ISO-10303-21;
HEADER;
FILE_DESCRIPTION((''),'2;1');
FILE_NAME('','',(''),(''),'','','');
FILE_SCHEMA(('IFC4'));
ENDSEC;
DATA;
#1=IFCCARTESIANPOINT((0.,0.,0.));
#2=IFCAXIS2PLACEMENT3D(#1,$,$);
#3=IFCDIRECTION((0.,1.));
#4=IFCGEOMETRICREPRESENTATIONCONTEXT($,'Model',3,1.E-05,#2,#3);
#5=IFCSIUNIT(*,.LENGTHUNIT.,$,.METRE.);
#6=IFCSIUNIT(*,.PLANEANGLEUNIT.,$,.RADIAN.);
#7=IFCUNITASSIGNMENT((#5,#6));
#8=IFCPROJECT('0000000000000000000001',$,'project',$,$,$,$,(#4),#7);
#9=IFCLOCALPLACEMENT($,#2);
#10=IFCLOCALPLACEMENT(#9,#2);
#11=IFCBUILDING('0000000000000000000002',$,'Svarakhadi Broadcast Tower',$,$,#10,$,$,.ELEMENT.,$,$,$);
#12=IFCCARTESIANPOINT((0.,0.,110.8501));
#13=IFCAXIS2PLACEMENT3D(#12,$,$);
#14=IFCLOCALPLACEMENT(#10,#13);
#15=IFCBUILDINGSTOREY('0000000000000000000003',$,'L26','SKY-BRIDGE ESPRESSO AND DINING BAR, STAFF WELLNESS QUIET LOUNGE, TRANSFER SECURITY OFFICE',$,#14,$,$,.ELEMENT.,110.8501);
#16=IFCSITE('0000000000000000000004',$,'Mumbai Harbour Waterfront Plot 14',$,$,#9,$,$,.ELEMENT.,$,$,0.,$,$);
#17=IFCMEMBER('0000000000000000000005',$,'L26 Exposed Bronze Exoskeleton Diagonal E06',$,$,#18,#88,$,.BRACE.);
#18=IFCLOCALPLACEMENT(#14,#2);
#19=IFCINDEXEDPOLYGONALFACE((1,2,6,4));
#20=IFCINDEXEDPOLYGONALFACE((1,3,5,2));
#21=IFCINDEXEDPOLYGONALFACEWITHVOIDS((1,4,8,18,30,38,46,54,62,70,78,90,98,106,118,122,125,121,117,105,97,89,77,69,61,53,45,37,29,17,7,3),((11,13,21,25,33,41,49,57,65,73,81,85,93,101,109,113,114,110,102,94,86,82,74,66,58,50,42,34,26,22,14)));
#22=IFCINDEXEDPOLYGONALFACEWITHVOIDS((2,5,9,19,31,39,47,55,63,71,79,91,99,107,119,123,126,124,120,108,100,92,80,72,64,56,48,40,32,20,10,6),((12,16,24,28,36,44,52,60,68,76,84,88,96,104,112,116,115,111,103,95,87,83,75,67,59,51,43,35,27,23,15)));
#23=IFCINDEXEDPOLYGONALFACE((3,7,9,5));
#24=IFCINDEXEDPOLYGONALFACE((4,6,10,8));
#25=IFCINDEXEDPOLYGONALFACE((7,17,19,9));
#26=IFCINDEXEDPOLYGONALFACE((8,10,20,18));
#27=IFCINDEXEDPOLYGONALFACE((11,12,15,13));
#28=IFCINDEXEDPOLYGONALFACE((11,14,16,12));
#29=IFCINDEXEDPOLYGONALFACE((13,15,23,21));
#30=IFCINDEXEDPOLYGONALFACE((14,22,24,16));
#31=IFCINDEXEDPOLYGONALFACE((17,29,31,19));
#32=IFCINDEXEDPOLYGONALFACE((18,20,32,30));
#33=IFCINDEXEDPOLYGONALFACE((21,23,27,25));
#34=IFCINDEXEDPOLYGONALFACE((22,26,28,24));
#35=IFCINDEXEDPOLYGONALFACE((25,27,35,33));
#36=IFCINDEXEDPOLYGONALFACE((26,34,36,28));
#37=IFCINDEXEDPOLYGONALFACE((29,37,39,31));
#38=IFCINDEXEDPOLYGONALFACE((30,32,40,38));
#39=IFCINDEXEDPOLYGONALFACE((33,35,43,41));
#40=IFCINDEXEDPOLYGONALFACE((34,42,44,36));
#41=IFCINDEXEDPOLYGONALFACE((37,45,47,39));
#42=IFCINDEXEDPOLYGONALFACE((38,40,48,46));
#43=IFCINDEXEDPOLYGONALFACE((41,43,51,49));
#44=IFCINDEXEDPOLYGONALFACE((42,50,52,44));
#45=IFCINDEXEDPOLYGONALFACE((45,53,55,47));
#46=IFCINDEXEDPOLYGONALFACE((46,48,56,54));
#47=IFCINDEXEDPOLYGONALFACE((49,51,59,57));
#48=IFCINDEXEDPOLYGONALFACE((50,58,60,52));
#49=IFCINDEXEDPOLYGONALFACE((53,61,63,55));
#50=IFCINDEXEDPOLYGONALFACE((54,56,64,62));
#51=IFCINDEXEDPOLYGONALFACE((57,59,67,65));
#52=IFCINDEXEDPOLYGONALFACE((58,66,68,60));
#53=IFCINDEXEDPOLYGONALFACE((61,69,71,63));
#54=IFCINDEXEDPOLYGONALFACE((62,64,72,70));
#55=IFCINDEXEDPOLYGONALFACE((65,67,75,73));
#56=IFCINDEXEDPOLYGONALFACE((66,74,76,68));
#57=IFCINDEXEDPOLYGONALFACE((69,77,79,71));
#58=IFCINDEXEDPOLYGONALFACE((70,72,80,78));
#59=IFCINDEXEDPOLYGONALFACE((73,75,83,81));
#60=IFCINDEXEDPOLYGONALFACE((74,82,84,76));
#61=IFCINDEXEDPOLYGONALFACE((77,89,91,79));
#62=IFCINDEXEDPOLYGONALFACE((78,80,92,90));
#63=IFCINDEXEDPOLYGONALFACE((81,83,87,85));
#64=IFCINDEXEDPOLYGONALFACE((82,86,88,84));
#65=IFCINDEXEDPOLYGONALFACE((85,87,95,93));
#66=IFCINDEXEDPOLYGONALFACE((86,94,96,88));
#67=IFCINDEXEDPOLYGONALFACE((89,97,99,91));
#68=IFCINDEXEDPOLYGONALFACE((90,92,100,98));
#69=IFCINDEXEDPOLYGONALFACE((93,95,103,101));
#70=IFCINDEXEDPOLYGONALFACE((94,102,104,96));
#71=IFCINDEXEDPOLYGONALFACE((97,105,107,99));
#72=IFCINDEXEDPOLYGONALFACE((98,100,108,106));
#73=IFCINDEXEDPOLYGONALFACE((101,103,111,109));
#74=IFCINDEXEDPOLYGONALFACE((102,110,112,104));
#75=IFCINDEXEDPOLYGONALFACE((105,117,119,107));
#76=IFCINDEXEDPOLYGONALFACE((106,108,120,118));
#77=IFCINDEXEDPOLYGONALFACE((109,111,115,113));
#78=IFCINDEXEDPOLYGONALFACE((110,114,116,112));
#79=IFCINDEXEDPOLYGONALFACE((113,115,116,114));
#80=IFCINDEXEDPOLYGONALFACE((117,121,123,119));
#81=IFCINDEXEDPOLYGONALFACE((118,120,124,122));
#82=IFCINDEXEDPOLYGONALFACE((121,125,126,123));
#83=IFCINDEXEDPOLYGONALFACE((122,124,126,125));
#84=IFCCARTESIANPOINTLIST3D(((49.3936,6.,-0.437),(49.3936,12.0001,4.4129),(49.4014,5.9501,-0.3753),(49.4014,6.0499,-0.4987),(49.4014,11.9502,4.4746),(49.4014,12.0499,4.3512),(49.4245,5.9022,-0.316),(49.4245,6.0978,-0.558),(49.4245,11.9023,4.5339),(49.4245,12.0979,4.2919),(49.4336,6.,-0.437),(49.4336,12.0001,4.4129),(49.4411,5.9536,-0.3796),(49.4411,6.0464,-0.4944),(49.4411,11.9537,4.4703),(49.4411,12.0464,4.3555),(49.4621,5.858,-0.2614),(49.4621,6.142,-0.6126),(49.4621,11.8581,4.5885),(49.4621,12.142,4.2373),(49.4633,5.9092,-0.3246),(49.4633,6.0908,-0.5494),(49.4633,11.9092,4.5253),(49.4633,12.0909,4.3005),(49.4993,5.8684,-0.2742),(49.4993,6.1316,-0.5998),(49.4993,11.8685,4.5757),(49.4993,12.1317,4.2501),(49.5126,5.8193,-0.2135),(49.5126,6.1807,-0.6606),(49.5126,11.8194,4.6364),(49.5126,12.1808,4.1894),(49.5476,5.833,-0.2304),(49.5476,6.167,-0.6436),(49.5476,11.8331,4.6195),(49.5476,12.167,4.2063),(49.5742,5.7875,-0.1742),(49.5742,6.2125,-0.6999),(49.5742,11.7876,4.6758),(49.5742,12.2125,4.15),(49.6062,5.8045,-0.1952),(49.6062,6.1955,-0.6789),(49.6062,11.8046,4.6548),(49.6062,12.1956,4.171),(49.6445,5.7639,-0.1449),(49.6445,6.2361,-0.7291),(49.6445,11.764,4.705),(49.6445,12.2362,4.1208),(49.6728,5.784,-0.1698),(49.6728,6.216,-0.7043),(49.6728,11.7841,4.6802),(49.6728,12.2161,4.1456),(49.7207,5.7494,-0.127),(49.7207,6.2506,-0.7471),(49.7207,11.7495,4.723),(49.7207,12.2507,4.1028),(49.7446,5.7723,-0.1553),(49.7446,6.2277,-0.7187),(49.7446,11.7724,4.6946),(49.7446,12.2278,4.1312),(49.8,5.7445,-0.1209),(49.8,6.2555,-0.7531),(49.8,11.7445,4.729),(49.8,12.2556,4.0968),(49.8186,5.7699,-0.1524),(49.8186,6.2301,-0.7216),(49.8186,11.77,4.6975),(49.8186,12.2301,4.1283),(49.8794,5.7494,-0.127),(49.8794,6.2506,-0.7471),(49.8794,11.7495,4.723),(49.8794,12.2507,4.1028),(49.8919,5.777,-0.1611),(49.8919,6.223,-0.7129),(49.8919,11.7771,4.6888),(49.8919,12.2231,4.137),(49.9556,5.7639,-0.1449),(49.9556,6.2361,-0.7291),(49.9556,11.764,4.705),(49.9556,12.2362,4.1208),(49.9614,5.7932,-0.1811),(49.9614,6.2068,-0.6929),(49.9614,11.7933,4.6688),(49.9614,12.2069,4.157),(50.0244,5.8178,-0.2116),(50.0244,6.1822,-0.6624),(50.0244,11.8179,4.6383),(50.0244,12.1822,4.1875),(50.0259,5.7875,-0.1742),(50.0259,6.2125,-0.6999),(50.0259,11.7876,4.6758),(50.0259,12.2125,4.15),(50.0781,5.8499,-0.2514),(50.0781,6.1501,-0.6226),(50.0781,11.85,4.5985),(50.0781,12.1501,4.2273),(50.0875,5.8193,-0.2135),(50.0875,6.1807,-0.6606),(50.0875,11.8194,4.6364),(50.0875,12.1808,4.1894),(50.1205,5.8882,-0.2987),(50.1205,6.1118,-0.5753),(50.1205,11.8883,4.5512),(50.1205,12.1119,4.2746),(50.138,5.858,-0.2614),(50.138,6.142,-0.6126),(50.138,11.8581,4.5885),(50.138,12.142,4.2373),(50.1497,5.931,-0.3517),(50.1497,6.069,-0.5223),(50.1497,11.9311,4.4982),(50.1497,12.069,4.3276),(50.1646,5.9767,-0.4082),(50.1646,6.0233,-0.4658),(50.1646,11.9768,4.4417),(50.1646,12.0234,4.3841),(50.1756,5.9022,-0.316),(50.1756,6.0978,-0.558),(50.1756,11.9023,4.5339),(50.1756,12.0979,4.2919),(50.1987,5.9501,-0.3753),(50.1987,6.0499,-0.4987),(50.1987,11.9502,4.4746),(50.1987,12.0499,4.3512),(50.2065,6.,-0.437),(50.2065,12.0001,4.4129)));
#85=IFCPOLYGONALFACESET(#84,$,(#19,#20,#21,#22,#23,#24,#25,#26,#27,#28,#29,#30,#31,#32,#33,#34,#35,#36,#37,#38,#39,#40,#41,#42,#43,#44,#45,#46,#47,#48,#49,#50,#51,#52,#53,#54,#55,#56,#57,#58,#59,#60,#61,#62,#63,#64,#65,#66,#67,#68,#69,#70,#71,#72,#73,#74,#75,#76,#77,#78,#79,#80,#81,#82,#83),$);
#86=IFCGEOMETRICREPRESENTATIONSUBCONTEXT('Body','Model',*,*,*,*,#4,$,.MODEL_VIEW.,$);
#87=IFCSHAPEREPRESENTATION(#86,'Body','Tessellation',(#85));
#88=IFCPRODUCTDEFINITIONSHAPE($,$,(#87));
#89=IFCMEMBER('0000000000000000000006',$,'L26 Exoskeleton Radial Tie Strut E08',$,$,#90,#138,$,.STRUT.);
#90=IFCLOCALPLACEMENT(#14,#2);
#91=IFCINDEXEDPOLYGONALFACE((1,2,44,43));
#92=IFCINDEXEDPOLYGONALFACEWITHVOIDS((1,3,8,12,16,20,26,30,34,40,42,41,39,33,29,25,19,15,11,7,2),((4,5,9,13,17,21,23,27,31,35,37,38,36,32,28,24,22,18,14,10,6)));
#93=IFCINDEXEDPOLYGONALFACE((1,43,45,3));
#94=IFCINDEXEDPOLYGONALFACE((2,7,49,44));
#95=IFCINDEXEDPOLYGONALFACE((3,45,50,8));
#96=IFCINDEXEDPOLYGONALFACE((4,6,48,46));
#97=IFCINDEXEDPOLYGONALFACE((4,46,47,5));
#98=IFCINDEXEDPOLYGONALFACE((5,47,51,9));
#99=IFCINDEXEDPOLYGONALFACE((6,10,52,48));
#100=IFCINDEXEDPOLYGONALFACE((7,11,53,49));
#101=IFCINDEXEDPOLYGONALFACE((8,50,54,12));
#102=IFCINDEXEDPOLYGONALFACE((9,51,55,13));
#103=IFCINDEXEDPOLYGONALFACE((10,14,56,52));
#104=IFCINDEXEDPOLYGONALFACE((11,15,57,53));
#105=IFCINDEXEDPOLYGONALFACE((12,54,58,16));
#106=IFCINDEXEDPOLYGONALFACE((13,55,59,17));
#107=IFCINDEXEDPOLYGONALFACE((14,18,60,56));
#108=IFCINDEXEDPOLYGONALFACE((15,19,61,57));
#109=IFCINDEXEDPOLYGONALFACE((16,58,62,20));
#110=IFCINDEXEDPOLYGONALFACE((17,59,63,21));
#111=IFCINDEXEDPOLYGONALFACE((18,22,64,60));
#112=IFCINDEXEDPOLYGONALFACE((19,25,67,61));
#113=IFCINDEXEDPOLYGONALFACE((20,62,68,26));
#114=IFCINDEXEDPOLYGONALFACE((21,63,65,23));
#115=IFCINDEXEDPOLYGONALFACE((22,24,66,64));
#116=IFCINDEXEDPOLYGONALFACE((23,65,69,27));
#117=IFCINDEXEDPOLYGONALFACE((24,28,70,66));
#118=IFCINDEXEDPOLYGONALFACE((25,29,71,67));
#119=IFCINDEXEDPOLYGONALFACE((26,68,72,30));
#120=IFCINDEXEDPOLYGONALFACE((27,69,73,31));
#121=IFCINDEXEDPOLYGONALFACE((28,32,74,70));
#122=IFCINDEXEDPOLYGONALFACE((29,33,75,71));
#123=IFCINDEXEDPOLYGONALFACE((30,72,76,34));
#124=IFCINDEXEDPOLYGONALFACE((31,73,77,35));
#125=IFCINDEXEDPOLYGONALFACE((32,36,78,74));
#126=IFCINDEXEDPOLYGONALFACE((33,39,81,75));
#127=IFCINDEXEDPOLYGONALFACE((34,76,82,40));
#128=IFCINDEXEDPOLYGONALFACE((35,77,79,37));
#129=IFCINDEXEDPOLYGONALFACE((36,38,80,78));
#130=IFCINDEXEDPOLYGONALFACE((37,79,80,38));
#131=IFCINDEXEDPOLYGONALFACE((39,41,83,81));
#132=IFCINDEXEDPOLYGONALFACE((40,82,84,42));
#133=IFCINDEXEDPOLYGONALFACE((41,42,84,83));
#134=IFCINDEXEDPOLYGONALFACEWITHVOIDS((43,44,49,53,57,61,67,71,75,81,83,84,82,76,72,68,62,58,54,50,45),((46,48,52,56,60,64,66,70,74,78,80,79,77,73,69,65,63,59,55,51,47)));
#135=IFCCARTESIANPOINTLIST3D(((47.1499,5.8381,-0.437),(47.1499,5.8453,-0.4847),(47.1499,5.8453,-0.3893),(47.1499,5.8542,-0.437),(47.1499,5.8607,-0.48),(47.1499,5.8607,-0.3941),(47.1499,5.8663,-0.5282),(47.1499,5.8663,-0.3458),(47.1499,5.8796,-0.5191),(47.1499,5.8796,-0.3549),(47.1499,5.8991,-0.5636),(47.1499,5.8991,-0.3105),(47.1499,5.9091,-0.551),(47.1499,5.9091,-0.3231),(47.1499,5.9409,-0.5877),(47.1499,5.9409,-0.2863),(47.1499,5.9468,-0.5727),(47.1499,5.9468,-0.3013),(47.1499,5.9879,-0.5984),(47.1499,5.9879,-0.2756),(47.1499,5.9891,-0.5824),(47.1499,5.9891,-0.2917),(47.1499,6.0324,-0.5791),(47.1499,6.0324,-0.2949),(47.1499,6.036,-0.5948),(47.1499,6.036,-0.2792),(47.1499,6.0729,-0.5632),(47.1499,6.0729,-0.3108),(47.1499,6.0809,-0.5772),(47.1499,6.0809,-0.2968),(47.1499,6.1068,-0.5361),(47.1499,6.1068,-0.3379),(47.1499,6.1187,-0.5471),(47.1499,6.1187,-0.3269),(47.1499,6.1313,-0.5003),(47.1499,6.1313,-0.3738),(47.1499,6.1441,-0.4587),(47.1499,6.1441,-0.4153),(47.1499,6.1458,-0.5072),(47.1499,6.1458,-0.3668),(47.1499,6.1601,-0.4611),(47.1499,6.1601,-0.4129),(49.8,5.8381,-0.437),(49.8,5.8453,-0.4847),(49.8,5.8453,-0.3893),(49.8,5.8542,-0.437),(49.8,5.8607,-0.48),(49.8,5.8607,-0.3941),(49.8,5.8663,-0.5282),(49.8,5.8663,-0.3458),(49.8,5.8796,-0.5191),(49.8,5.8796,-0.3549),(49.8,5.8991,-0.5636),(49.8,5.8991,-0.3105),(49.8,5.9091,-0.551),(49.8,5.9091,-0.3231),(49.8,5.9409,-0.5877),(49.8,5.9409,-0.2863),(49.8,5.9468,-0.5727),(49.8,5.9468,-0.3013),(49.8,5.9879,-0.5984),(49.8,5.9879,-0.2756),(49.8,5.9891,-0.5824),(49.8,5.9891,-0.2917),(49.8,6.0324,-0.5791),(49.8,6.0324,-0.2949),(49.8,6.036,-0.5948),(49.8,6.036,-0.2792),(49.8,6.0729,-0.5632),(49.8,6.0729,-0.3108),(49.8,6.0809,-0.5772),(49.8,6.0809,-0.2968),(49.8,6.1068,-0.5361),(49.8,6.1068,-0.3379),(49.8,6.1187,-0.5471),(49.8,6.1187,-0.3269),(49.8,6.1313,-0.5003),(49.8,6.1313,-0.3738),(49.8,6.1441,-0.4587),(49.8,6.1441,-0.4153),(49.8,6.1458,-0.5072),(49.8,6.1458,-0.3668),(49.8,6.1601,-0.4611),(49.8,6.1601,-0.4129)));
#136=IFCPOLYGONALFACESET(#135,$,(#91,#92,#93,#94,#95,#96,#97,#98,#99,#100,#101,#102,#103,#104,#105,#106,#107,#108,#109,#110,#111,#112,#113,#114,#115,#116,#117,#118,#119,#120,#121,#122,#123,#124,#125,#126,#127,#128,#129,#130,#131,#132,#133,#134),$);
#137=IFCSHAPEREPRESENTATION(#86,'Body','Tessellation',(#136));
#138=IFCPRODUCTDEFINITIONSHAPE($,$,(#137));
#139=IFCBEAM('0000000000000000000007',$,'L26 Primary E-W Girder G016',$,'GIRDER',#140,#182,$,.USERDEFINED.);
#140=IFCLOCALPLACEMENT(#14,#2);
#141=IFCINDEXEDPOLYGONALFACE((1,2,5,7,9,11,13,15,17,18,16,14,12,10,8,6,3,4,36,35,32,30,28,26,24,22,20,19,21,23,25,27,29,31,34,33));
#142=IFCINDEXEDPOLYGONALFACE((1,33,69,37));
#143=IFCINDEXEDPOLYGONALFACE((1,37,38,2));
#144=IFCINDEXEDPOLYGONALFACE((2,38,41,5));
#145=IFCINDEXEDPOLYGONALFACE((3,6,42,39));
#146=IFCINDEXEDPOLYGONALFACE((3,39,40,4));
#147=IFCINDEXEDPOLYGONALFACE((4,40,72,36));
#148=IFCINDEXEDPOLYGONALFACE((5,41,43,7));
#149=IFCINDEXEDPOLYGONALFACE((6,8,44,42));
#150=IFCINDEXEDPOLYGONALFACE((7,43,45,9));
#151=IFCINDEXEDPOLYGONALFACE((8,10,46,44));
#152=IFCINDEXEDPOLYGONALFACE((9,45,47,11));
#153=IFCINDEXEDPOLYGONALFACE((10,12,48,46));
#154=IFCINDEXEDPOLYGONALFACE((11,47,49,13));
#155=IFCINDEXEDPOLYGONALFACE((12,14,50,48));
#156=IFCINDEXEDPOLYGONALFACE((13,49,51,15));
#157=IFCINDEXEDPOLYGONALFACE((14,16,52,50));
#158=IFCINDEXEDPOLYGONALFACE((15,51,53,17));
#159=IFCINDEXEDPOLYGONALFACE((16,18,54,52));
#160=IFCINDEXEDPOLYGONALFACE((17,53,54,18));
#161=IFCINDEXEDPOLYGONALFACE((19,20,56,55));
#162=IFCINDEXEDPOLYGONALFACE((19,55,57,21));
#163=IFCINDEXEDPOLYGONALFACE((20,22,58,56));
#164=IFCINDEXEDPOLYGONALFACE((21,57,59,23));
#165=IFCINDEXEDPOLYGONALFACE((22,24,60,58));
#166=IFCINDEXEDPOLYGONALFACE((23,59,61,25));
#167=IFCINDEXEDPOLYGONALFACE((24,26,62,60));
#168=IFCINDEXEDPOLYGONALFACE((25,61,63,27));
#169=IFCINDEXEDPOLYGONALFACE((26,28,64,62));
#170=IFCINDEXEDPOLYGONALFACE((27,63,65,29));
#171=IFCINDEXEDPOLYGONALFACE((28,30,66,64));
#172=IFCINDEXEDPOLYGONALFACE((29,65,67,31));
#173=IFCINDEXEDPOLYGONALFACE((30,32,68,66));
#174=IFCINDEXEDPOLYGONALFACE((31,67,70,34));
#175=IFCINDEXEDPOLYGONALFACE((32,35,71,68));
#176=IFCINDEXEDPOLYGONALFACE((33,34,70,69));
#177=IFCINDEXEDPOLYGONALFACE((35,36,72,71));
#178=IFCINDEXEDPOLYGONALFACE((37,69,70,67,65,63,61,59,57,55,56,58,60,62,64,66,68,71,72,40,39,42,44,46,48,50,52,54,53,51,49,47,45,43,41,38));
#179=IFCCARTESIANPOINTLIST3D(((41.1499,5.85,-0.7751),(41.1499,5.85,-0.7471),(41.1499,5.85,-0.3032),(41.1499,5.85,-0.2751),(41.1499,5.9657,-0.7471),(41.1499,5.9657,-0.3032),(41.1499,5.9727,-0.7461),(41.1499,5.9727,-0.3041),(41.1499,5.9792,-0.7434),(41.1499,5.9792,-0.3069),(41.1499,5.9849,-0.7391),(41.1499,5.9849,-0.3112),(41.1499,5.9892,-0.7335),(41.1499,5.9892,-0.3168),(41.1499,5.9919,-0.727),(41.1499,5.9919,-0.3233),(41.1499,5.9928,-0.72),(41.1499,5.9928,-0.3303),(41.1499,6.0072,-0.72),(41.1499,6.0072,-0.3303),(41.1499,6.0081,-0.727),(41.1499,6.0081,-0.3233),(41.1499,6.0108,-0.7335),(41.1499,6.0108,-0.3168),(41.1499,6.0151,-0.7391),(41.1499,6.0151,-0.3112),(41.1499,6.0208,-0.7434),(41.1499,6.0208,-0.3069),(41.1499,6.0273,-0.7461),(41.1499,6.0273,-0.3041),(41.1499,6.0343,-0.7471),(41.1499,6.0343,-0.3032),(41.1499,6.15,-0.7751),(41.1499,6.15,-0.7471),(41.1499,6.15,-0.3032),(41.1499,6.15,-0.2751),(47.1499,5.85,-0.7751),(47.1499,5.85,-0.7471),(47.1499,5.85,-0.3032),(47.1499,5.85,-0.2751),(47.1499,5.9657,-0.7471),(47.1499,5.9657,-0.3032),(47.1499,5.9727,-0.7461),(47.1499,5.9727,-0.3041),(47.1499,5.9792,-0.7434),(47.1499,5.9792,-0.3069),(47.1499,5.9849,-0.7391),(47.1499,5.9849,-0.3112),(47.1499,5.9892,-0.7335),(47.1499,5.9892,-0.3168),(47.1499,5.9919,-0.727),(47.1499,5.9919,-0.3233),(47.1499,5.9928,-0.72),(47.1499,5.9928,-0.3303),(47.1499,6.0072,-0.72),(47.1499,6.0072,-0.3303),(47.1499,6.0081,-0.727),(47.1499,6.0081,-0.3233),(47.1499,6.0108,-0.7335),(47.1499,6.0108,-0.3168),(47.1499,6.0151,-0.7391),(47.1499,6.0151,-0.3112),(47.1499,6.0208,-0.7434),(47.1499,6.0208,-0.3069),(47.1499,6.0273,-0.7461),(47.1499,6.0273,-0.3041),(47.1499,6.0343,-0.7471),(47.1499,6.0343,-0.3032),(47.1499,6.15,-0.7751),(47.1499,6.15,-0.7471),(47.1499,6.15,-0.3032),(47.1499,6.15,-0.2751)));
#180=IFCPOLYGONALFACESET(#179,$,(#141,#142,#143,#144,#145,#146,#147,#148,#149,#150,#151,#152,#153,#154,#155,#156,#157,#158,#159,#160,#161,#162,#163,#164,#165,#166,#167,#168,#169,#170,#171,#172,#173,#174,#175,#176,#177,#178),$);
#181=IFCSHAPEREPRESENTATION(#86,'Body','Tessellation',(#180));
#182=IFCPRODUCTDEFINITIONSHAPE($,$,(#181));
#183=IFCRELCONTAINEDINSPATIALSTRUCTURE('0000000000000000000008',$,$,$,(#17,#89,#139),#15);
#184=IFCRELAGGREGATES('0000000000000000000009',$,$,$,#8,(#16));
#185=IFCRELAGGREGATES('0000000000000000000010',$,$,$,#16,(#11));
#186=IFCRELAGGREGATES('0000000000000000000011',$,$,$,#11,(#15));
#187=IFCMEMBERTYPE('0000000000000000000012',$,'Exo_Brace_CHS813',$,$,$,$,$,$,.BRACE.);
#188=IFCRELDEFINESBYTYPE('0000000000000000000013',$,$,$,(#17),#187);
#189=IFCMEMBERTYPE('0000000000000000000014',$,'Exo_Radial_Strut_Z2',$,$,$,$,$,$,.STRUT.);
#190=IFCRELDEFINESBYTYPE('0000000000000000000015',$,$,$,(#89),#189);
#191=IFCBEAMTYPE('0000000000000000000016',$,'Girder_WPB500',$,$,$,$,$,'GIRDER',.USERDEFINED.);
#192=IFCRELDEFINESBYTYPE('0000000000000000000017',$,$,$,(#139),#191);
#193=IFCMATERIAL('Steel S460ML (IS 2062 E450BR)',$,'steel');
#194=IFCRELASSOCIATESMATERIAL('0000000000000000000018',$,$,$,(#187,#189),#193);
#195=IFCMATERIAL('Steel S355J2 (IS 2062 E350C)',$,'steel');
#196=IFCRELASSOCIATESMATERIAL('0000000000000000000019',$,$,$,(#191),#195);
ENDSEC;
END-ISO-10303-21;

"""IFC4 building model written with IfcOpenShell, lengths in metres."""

from ifc_helpers import new_model, si_unit, direction, frame, origin, origin_2d, place, context, subcontext, project, spatial, hollow_circle, i_section, extrude, material, material_profile, profile_set, type_object, element, save


model = new_model("IFC4")

# Units and contexts
model_context = context("Model", 3, precision=1e-05, world=origin(), true_north=direction((0.0, 1.0)))
body_context = subcontext(model_context, "Body", "Model", "MODEL_VIEW")
ifc_project = project(units=[si_unit("LENGTHUNIT", "METRE"), si_unit("PLANEANGLEUNIT", "RADIAN")], contexts=[model_context])

# Site, building, storey
site_placement = place(None, origin())
site = spatial("IfcSite", under=ifc_project, at=site_placement, Name="Mumbai Harbour Waterfront Plot 14", CompositionType="ELEMENT", RefElevation=0.0)
building_placement = place(site_placement, origin())
building = spatial("IfcBuilding", under=site, at=building_placement, Name="Svarakhadi Broadcast Tower", CompositionType="ELEMENT")
storey_placement = place(building_placement, frame((0.0, 0.0, 110.8501)))
storey = spatial("IfcBuildingStorey", under=building, at=storey_placement, Name="L26", Description="SKY-BRIDGE ESPRESSO AND DINING BAR, STAFF WELLNESS QUIET LOUNGE, TRANSFER SECURITY OFFICE", CompositionType="ELEMENT", Elevation=110.8501)

# Shared definitions
ifc_material_1 = material(Name="Steel S460ML (IS 2062 E450BR)", Category="steel")

# Shared definitions
ifc_material_2 = material(Name="Steel S355J2 (IS 2062 E350C)", Category="steel")

# Members
ifc_material_profile_1 = material_profile(ifc_material_1, hollow_circle(Radius=0.4065, WallThickness=0.04, at=origin_2d()), Name="CHS 813x40")
ifc_profile_set_1 = profile_set([ifc_material_profile_1], Name="Steel S460ML (IS 2062 E450BR)")
member_type_1 = type_object("IfcMemberType", Name="Exo_Brace_CHS813", PredefinedType="BRACE", material=ifc_profile_set_1)
member_1_placement = place(storey_placement, frame((49.8, 6.0, -0.437), z_axis=(0.0, 0.777707, 0.628627), x_axis=(-1.0, 0.0, 0.0)))
element("IfcMember", 1, at=member_1_placement, inside=storey, type_object=member_type_1, Name="L26 Exposed Bronze Exoskeleton Diagonal E06", PredefinedType="BRACE", context=body_context, shape_type="SweptSolid", body=[
    extrude(hollow_circle(Radius=0.4065, WallThickness=0.04, at=origin_2d()), origin(), (0.0, 0.0, 1.0), 7.7151),
])
ifc_material_profile_2 = material_profile(ifc_material_1, hollow_circle(Radius=0.1619, WallThickness=0.0161, at=origin_2d()), Name="CHS 323.9x16")
ifc_profile_set_2 = profile_set([ifc_material_profile_2], Name="Steel S460ML (IS 2062 E450BR)")
member_type_2 = type_object("IfcMemberType", Name="Exo_Radial_Strut_Z2", PredefinedType="STRUT", material=ifc_profile_set_2)
member_2_placement = place(storey_placement, frame((49.8, 6.0, -0.437), z_axis=(-1.0, 0.0, 0.0), x_axis=(0.0, -1.0, 0.0)))
element("IfcMember", 2, at=member_2_placement, inside=storey, type_object=member_type_2, Name="L26 Exoskeleton Radial Tie Strut E08", PredefinedType="STRUT", context=body_context, shape_type="SweptSolid", body=[
    extrude(hollow_circle(Radius=0.1619, WallThickness=0.0161, at=origin_2d()), origin(), (0.0, 0.0, 1.0), 2.6501),
])

# Beam
ifc_material_profile_3 = material_profile(ifc_material_2, i_section(OverallWidth=0.3, OverallDepth=0.5, WebThickness=0.0144, FlangeThickness=0.0281, FilletRadius=0.0271, at=origin_2d()), Name="WPB 500x300x187")
ifc_profile_set_3 = profile_set([ifc_material_profile_3], Name="Steel S355J2 (IS 2062 E350C)")
beam_type_1 = type_object("IfcBeamType", Name="Girder_WPB500", ElementType="GIRDER", PredefinedType="USERDEFINED", material=ifc_profile_set_3)
for number, where, z_axis, x_axis, name in (
    (3, (41.1499, 6.0, -0.5251), (1.0, 0.0, 0.0), (0.0, 1.0, 0.0), "L26 Primary E-W Girder G016"),
):
    element("IfcBeam", number, at=place(storey_placement, frame(where, z_axis=z_axis, x_axis=x_axis)), inside=storey, type_object=beam_type_1, Name=name, ObjectType="GIRDER", PredefinedType="USERDEFINED", context=body_context, shape_type="SweptSolid", body=[
        extrude(i_section(OverallWidth=0.3, OverallDepth=0.5, WebThickness=0.0144, FlangeThickness=0.0281, FilletRadius=0.0271, at=origin_2d()), origin(), (0.0, 0.0, 1.0), 6.0),
    ])

save(model, "model.ifc")
